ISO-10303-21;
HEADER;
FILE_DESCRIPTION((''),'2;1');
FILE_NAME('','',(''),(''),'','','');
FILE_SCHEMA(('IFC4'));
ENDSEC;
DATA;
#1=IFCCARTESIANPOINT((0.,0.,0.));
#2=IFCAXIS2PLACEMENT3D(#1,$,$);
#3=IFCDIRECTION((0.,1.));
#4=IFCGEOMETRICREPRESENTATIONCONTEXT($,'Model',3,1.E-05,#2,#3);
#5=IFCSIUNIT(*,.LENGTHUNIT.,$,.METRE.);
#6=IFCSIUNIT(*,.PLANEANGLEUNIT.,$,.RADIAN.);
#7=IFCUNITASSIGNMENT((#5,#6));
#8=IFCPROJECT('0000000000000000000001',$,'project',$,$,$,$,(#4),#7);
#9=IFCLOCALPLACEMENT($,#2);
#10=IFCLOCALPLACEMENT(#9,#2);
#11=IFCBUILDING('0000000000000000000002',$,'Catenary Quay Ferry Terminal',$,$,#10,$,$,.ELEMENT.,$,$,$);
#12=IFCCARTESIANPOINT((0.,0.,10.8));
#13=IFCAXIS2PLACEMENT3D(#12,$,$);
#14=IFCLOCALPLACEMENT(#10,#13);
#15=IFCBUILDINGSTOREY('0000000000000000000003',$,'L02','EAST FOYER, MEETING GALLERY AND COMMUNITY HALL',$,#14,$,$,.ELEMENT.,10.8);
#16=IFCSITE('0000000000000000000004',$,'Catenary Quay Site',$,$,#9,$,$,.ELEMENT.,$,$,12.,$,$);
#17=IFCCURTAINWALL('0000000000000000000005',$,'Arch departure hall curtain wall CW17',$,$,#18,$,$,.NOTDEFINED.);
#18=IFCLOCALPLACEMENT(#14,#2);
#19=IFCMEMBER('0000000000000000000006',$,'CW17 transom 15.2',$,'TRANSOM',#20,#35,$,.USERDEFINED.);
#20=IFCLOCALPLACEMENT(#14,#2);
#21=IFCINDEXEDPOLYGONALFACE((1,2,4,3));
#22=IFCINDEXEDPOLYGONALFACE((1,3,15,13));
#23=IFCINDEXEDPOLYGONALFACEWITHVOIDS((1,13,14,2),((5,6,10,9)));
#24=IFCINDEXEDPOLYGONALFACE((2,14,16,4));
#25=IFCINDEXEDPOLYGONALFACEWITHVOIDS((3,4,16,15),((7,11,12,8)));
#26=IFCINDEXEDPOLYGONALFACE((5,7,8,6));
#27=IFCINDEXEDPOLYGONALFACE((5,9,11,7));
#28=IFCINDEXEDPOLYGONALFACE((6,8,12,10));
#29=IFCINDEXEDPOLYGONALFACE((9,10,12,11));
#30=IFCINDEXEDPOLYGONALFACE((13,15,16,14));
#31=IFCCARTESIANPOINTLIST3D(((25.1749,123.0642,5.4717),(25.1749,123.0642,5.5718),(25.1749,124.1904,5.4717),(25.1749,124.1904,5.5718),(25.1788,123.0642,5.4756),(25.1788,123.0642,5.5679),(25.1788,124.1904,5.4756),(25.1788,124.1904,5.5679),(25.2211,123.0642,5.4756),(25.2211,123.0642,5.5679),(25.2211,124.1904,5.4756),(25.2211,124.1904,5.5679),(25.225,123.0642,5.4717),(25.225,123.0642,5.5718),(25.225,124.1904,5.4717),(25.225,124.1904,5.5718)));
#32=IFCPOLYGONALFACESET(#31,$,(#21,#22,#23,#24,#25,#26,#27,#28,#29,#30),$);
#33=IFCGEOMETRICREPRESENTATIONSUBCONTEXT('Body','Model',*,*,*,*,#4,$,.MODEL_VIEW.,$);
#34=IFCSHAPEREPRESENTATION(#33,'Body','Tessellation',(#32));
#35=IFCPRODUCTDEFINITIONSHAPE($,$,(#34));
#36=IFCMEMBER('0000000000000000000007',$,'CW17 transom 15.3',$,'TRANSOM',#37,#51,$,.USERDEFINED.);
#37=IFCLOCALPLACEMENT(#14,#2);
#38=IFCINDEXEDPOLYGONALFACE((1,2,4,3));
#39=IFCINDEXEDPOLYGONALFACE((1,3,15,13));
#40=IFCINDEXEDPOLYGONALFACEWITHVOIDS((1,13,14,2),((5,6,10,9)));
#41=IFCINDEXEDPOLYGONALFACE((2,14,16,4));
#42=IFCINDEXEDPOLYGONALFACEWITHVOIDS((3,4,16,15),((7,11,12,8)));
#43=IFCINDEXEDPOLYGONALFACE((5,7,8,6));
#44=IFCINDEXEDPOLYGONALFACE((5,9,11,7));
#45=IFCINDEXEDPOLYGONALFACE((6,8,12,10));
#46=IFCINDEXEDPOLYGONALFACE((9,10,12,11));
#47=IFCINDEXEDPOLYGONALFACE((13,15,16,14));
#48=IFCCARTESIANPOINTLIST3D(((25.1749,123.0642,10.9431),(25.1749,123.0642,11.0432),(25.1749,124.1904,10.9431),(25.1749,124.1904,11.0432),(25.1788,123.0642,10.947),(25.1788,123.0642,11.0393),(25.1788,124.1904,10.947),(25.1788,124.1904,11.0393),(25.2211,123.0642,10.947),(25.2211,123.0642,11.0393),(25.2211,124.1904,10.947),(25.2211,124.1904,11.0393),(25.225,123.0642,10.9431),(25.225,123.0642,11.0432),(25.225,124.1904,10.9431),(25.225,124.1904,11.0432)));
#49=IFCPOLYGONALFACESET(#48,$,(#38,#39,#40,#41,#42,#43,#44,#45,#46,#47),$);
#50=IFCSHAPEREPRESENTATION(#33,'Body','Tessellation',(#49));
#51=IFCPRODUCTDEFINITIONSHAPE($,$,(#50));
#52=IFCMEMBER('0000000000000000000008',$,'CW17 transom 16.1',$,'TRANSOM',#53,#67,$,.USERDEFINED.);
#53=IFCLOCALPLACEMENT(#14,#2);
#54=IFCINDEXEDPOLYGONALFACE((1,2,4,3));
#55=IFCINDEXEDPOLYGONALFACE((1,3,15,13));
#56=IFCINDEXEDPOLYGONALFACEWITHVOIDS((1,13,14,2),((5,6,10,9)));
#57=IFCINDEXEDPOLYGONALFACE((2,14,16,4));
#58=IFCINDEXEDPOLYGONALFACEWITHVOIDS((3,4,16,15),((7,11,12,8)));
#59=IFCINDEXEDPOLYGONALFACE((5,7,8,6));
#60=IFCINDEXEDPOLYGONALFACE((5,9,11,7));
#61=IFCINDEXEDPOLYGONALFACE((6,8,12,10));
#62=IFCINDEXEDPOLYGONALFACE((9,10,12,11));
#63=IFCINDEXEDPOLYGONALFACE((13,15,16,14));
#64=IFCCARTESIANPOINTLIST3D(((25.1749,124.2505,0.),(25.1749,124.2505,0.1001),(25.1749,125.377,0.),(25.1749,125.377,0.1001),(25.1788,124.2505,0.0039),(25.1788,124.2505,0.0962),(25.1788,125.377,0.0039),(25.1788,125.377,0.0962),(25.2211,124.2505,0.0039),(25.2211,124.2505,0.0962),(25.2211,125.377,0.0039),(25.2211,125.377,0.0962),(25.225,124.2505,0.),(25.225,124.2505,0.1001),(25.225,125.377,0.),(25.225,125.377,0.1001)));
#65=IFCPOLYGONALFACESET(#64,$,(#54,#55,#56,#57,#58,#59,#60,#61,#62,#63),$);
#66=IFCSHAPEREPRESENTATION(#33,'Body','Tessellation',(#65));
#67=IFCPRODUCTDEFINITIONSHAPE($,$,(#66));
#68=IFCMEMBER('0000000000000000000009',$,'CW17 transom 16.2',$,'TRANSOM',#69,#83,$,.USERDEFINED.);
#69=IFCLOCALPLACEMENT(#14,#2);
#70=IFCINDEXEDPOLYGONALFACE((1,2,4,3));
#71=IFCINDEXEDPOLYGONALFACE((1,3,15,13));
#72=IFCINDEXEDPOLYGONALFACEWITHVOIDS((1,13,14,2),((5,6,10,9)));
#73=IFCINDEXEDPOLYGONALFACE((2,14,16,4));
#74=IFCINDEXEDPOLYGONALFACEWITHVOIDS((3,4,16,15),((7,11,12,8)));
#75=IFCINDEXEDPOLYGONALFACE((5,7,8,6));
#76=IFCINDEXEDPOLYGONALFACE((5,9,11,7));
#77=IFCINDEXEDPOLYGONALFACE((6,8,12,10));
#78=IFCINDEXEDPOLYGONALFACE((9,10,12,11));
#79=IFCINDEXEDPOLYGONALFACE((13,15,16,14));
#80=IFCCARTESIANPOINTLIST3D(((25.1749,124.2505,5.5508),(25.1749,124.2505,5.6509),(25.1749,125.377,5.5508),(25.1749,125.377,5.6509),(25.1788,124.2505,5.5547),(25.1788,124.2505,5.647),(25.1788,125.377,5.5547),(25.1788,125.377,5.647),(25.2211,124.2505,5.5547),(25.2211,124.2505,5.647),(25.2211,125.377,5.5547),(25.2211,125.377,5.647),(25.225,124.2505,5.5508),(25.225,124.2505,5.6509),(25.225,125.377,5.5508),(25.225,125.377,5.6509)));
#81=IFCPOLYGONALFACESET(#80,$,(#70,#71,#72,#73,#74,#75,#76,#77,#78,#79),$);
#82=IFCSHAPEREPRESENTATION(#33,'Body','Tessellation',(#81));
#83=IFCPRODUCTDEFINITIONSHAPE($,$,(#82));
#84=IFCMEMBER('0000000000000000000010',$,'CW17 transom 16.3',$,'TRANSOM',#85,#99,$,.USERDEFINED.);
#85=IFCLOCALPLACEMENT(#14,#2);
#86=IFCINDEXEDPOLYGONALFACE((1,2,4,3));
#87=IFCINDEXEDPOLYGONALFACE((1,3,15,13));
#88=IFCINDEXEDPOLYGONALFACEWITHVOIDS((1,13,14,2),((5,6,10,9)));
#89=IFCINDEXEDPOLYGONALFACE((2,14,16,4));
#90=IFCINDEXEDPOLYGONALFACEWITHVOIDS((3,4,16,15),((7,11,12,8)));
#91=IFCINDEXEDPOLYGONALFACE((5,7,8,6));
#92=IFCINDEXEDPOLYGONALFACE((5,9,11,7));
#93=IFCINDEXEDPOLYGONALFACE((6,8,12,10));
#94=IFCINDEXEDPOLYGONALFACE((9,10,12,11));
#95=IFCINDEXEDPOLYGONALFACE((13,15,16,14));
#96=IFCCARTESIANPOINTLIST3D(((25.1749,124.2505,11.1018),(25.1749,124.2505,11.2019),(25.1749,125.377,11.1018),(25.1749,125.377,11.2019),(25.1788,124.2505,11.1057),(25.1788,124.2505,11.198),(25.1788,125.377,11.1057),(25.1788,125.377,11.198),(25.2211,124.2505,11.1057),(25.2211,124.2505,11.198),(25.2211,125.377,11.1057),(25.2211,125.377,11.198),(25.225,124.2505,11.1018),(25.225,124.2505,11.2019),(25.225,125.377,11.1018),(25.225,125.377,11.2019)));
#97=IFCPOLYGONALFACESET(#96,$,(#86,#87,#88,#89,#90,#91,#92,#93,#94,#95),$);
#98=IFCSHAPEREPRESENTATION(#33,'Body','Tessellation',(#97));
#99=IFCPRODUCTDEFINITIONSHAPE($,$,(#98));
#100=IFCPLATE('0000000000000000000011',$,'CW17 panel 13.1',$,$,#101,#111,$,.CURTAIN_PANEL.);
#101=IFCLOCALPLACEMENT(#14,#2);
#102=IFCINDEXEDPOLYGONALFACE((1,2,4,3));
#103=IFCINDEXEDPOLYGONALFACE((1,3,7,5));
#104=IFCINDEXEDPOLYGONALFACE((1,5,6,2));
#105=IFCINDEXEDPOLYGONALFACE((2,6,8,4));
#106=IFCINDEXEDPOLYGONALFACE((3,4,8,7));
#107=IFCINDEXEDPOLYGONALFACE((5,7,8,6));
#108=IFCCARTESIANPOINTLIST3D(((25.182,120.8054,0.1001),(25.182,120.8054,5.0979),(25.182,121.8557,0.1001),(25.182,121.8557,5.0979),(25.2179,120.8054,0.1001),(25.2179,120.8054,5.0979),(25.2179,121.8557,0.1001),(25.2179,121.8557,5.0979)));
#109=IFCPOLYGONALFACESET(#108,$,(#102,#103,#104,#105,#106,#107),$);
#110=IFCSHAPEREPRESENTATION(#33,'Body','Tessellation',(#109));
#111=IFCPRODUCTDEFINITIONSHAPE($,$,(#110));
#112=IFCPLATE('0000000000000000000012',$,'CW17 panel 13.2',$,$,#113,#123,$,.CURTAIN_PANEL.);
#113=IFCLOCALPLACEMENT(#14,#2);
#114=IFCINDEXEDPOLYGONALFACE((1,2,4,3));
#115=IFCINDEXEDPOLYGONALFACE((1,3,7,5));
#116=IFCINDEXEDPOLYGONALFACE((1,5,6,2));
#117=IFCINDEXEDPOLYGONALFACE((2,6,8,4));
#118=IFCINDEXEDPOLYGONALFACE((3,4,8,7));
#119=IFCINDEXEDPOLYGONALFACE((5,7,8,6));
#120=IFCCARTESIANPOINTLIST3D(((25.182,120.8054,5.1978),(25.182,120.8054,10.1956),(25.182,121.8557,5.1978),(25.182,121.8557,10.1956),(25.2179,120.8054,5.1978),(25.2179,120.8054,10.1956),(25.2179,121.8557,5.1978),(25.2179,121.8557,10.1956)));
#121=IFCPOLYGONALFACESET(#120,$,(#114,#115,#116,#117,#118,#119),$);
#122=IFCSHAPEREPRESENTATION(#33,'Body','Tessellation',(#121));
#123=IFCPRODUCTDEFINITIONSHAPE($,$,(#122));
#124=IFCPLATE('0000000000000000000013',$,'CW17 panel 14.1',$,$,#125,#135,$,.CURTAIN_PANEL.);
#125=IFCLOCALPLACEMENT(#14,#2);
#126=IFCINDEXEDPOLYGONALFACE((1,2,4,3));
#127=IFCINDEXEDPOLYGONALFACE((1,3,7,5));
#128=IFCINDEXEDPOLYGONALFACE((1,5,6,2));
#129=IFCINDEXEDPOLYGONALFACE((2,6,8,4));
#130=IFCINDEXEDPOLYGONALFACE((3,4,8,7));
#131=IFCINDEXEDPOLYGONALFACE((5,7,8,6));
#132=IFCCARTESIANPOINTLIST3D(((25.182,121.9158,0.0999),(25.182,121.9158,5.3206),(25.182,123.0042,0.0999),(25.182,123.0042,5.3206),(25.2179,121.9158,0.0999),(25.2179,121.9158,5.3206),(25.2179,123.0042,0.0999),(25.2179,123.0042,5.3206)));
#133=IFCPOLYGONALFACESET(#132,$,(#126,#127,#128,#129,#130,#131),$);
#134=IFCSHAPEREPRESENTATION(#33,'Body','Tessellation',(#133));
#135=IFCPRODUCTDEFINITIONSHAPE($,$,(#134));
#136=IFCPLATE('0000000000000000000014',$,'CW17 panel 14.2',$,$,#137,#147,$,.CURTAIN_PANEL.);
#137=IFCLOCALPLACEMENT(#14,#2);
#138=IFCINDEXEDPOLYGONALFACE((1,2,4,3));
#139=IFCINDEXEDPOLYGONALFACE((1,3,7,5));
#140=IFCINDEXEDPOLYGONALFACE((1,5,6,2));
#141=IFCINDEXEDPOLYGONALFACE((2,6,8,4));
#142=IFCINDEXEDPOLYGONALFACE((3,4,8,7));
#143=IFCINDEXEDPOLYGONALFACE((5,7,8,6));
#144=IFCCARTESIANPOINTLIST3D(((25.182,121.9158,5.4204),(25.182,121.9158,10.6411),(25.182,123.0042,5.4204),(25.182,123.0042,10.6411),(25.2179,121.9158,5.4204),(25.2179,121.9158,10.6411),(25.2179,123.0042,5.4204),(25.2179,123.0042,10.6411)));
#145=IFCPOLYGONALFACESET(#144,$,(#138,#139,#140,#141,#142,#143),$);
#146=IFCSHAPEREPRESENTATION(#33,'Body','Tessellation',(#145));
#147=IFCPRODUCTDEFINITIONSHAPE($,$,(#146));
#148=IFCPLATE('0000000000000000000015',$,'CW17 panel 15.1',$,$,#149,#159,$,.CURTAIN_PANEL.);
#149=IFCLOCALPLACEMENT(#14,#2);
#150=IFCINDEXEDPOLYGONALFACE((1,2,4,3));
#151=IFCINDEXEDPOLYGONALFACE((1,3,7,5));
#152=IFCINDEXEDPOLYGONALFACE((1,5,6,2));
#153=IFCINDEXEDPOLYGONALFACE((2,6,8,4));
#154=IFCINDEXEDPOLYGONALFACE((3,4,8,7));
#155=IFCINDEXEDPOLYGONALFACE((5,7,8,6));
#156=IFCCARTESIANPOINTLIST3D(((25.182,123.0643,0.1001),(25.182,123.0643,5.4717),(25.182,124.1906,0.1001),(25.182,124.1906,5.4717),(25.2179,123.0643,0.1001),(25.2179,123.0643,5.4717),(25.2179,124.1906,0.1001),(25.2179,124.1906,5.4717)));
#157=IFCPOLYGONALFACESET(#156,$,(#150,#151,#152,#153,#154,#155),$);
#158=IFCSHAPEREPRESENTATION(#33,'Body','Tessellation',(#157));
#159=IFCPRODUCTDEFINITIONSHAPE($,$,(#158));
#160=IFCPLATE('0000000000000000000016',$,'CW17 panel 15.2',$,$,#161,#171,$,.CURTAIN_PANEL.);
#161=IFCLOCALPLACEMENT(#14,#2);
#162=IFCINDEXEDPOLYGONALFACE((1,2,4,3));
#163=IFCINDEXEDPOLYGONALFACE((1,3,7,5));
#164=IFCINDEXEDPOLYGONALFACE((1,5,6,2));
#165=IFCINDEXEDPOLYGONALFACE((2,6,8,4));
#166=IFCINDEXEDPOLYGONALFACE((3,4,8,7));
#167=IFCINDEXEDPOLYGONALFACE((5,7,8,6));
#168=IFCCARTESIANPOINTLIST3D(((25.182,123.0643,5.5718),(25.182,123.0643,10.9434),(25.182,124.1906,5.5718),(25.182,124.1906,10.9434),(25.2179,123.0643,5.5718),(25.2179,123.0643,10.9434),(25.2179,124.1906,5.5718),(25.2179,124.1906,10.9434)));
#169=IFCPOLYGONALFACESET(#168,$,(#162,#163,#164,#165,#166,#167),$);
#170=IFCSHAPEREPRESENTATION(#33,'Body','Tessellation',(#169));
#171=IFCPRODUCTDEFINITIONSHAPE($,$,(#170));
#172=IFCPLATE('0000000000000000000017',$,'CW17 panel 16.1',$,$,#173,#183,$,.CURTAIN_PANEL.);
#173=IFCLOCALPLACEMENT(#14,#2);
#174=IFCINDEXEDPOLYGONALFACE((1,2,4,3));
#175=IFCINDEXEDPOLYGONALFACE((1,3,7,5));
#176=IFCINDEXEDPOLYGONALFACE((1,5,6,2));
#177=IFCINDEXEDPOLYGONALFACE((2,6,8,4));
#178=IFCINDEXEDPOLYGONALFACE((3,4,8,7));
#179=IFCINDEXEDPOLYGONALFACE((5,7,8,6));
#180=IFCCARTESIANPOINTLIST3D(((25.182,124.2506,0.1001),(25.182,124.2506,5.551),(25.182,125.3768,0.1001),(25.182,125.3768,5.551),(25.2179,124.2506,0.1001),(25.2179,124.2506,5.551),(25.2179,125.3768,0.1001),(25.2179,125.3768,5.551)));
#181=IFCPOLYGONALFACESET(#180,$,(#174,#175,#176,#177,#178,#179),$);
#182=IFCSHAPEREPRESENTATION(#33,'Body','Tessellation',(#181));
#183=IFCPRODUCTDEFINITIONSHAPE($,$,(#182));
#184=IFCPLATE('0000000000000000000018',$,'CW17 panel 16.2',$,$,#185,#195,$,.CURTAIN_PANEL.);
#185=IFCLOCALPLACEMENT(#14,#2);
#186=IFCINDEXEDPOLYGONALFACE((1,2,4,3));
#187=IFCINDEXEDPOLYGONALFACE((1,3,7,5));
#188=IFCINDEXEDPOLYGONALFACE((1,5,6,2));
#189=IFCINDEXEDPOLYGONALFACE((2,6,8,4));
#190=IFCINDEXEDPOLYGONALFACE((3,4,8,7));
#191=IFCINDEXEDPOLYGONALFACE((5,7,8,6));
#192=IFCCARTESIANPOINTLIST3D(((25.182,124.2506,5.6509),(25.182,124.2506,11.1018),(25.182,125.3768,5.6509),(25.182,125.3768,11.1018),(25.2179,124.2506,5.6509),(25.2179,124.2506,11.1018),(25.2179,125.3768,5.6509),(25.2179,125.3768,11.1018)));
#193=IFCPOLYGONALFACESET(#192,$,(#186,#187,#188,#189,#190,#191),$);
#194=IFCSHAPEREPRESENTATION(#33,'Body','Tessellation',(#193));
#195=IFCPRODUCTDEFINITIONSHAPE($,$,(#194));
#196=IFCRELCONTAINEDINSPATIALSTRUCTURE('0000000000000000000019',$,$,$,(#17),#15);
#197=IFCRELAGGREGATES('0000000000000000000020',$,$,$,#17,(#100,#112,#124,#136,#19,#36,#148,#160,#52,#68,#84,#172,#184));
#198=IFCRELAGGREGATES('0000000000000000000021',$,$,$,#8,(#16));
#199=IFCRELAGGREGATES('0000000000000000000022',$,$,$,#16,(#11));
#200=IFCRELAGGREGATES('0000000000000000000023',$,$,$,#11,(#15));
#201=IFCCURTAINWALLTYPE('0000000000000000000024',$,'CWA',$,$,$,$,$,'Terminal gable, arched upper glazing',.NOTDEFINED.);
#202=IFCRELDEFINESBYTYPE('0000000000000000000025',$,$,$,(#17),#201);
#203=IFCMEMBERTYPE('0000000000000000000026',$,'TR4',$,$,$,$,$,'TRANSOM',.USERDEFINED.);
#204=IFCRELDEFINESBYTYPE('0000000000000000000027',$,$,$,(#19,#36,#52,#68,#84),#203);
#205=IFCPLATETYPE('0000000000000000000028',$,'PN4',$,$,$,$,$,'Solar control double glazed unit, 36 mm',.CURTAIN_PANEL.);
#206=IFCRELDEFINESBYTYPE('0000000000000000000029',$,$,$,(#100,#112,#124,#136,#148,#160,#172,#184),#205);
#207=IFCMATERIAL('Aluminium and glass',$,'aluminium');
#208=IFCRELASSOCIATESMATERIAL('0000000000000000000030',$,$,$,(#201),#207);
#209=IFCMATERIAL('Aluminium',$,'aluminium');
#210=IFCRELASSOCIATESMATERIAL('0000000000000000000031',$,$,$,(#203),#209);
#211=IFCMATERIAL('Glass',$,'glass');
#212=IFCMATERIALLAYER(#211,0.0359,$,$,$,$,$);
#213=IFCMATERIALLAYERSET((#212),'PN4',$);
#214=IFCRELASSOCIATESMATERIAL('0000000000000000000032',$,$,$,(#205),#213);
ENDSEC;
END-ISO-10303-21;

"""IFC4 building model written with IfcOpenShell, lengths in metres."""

from ifc_helpers import new_model, si_unit, direction, frame, origin, origin_2d, place, context, subcontext, project, spatial, rectangle, hollow_rectangle, extrude, material, layer, layer_set, material_profile, profile_set, type_object, element, aggregate, save


model = new_model("IFC4")

# Units and contexts
model_context = context("Model", 3, precision=1e-05, world=origin(), true_north=direction((0.0, 1.0)))
body_context = subcontext(model_context, "Body", "Model", "MODEL_VIEW")
ifc_project = project(units=[si_unit("LENGTHUNIT", "METRE"), si_unit("PLANEANGLEUNIT", "RADIAN")], contexts=[model_context])

# Site, building, storey
site_placement = place(None, origin())
site = spatial("IfcSite", under=ifc_project, at=site_placement, Name="Catenary Quay Site", CompositionType="ELEMENT", RefElevation=12.0)
building_placement = place(site_placement, origin())
building = spatial("IfcBuilding", under=site, at=building_placement, Name="Catenary Quay Ferry Terminal", CompositionType="ELEMENT")
storey_placement = place(building_placement, frame((0.0, 0.0, 10.8)))
storey = spatial("IfcBuildingStorey", under=building, at=storey_placement, Name="L02", Description="EAST FOYER, MEETING GALLERY AND COMMUNITY HALL", CompositionType="ELEMENT", Elevation=10.8)

# Curtain wall, members, plates
ifc_material_1 = material(Name="Aluminium and glass", Category="aluminium")
curtain_wall_type = type_object("IfcCurtainWallType", Name="CWA", ElementType="Terminal gable, arched upper glazing", PredefinedType="NOTDEFINED", material=ifc_material_1)
curtain_wall_placement = place(storey_placement, origin())
curtain_wall = element("IfcCurtainWall", 1, at=curtain_wall_placement, inside=storey, type_object=curtain_wall_type, Name="Arch departure hall curtain wall CW17", PredefinedType="NOTDEFINED")
ifc_material_2 = material(Name="Aluminium", Category="aluminium")
ifc_material_profile_1 = material_profile(ifc_material_2, hollow_rectangle(XDim=0.05, YDim=0.1001, WallThickness=0.0039, at=origin_2d()), Name="TR4")
ifc_profile_set_1 = profile_set([ifc_material_profile_1], Name="Aluminium")
member_type_1 = type_object("IfcMemberType", Name="TR4", ElementType="TRANSOM", PredefinedType="USERDEFINED", material=ifc_profile_set_1)
member_1_placement = place(storey_placement, frame((25.2, 123.0642, 5.5217), z_axis=(0.0, 1.0, 0.0), x_axis=(-1.0, 0.0, 0.0)))
member_1 = element("IfcMember", 2, at=member_1_placement, type_object=member_type_1, Name="CW17 transom 15.2", ObjectType="TRANSOM", PredefinedType="USERDEFINED", context=body_context, shape_type="SweptSolid", body=[
    extrude(hollow_rectangle(XDim=0.05, YDim=0.1001, WallThickness=0.0039, at=origin_2d()), origin(), (0.0, 0.0, 1.0), 1.1262),
])
member_2_placement = place(storey_placement, frame((25.2, 123.0642, 10.9932), z_axis=(0.0, 1.0, 0.0), x_axis=(-1.0, 0.0, 0.0)))
member_2 = element("IfcMember", 3, at=member_2_placement, type_object=member_type_1, Name="CW17 transom 15.3", ObjectType="TRANSOM", PredefinedType="USERDEFINED", context=body_context, shape_type="SweptSolid", body=[
    extrude(hollow_rectangle(XDim=0.05, YDim=0.1001, WallThickness=0.0039, at=origin_2d()), origin(), (0.0, 0.0, 1.0), 1.1262),
])
member_3_placement = place(storey_placement, frame((25.2, 124.2505, 0.05), z_axis=(0.0, 1.0, 0.0), x_axis=(-1.0, 0.0, 0.0)))
member_3 = element("IfcMember", 4, at=member_3_placement, type_object=member_type_1, Name="CW17 transom 16.1", ObjectType="TRANSOM", PredefinedType="USERDEFINED", context=body_context, shape_type="SweptSolid", body=[
    extrude(hollow_rectangle(XDim=0.05, YDim=0.1001, WallThickness=0.0039, at=origin_2d()), origin(), (0.0, 0.0, 1.0), 1.1265),
])
member_4_placement = place(storey_placement, frame((25.2, 124.2505, 5.6008), z_axis=(0.0, 1.0, 0.0), x_axis=(-1.0, 0.0, 0.0)))
member_4 = element("IfcMember", 5, at=member_4_placement, type_object=member_type_1, Name="CW17 transom 16.2", ObjectType="TRANSOM", PredefinedType="USERDEFINED", context=body_context, shape_type="SweptSolid", body=[
    extrude(hollow_rectangle(XDim=0.05, YDim=0.1001, WallThickness=0.0039, at=origin_2d()), origin(), (0.0, 0.0, 1.0), 1.1265),
])
member_5_placement = place(storey_placement, frame((25.2, 124.2505, 11.1519), z_axis=(0.0, 1.0, 0.0), x_axis=(-1.0, 0.0, 0.0)))
member_5 = element("IfcMember", 6, at=member_5_placement, type_object=member_type_1, Name="CW17 transom 16.3", ObjectType="TRANSOM", PredefinedType="USERDEFINED", context=body_context, shape_type="SweptSolid", body=[
    extrude(hollow_rectangle(XDim=0.05, YDim=0.1001, WallThickness=0.0039, at=origin_2d()), origin(), (0.0, 0.0, 1.0), 1.1265),
])
ifc_material_3 = material(Name="Glass", Category="glass")
ifc_layer_1 = layer(ifc_material_3, 0.0359)
ifc_layer_set_1 = layer_set([ifc_layer_1], Name="PN4")
plate_type_1 = type_object("IfcPlateType", Name="PN4", ElementType="Solar control double glazed unit, 36 mm", PredefinedType="CURTAIN_PANEL", material=ifc_layer_set_1)
plate_1_placement = place(storey_placement, frame((25.2, 121.3306, 0.1001), z_axis=(0.0, 0.0, 1.0), x_axis=(0.0, 1.0, 0.0)))
plate_1 = element("IfcPlate", 7, at=plate_1_placement, type_object=plate_type_1, Name="CW17 panel 13.1", PredefinedType="CURTAIN_PANEL", context=body_context, shape_type="SweptSolid", body=[
    extrude(rectangle(XDim=1.0503, YDim=0.0359, at=origin_2d()), origin(), (0.0, 0.0, 1.0), 4.9978),
])
plate_2_placement = place(storey_placement, frame((25.2, 121.3306, 5.1978), z_axis=(0.0, 0.0, 1.0), x_axis=(0.0, 1.0, 0.0)))
plate_2 = element("IfcPlate", 8, at=plate_2_placement, type_object=plate_type_1, Name="CW17 panel 13.2", PredefinedType="CURTAIN_PANEL", context=body_context, shape_type="SweptSolid", body=[
    extrude(rectangle(XDim=1.0503, YDim=0.0359, at=origin_2d()), origin(), (0.0, 0.0, 1.0), 4.9978),
])
plate_3_placement = place(storey_placement, frame((25.2, 122.46, 0.0999), z_axis=(0.0, 0.0, 1.0), x_axis=(0.0, 1.0, 0.0)))
plate_3 = element("IfcPlate", 9, at=plate_3_placement, type_object=plate_type_1, Name="CW17 panel 14.1", PredefinedType="CURTAIN_PANEL", context=body_context, shape_type="SweptSolid", body=[
    extrude(rectangle(XDim=1.0884, YDim=0.0359, at=origin_2d()), origin(), (0.0, 0.0, 1.0), 5.2207),
])
plate_4_placement = place(storey_placement, frame((25.2, 122.46, 5.4204), z_axis=(0.0, 0.0, 1.0), x_axis=(0.0, 1.0, 0.0)))
plate_4 = element("IfcPlate", 10, at=plate_4_placement, type_object=plate_type_1, Name="CW17 panel 14.2", PredefinedType="CURTAIN_PANEL", context=body_context, shape_type="SweptSolid", body=[
    extrude(rectangle(XDim=1.0884, YDim=0.0359, at=origin_2d()), origin(), (0.0, 0.0, 1.0), 5.2207),
])
plate_5_placement = place(storey_placement, frame((25.2, 123.6274, 0.1001), z_axis=(0.0, 0.0, 1.0), x_axis=(0.0, 1.0, 0.0)))
plate_5 = element("IfcPlate", 11, at=plate_5_placement, type_object=plate_type_1, Name="CW17 panel 15.1", PredefinedType="CURTAIN_PANEL", context=body_context, shape_type="SweptSolid", body=[
    extrude(rectangle(XDim=1.1262, YDim=0.0359, at=origin_2d()), origin(), (0.0, 0.0, 1.0), 5.3716),
])
plate_6_placement = place(storey_placement, frame((25.2, 123.6274, 5.5718), z_axis=(0.0, 0.0, 1.0), x_axis=(0.0, 1.0, 0.0)))
plate_6 = element("IfcPlate", 12, at=plate_6_placement, type_object=plate_type_1, Name="CW17 panel 15.2", PredefinedType="CURTAIN_PANEL", context=body_context, shape_type="SweptSolid", body=[
    extrude(rectangle(XDim=1.1262, YDim=0.0359, at=origin_2d()), origin(), (0.0, 0.0, 1.0), 5.3716),
])
plate_7_placement = place(storey_placement, frame((25.2, 124.8137, 0.1001), z_axis=(0.0, 0.0, 1.0), x_axis=(0.0, 1.0, 0.0)))
plate_7 = element("IfcPlate", 13, at=plate_7_placement, type_object=plate_type_1, Name="CW17 panel 16.1", PredefinedType="CURTAIN_PANEL", context=body_context, shape_type="SweptSolid", body=[
    extrude(rectangle(XDim=1.1262, YDim=0.0359, at=origin_2d()), origin(), (0.0, 0.0, 1.0), 5.4509),
])
plate_8_placement = place(storey_placement, frame((25.2, 124.8137, 5.6509), z_axis=(0.0, 0.0, 1.0), x_axis=(0.0, 1.0, 0.0)))
plate_8 = element("IfcPlate", 14, at=plate_8_placement, type_object=plate_type_1, Name="CW17 panel 16.2", PredefinedType="CURTAIN_PANEL", context=body_context, shape_type="SweptSolid", body=[
    extrude(rectangle(XDim=1.1262, YDim=0.0359, at=origin_2d()), origin(), (0.0, 0.0, 1.0), 5.4509),
])
aggregate(curtain_wall, [plate_1, plate_2, plate_3, plate_4, member_1, member_2, plate_5, plate_6, member_3, member_4, member_5, plate_7, plate_8])

save(model, "model.ifc")
